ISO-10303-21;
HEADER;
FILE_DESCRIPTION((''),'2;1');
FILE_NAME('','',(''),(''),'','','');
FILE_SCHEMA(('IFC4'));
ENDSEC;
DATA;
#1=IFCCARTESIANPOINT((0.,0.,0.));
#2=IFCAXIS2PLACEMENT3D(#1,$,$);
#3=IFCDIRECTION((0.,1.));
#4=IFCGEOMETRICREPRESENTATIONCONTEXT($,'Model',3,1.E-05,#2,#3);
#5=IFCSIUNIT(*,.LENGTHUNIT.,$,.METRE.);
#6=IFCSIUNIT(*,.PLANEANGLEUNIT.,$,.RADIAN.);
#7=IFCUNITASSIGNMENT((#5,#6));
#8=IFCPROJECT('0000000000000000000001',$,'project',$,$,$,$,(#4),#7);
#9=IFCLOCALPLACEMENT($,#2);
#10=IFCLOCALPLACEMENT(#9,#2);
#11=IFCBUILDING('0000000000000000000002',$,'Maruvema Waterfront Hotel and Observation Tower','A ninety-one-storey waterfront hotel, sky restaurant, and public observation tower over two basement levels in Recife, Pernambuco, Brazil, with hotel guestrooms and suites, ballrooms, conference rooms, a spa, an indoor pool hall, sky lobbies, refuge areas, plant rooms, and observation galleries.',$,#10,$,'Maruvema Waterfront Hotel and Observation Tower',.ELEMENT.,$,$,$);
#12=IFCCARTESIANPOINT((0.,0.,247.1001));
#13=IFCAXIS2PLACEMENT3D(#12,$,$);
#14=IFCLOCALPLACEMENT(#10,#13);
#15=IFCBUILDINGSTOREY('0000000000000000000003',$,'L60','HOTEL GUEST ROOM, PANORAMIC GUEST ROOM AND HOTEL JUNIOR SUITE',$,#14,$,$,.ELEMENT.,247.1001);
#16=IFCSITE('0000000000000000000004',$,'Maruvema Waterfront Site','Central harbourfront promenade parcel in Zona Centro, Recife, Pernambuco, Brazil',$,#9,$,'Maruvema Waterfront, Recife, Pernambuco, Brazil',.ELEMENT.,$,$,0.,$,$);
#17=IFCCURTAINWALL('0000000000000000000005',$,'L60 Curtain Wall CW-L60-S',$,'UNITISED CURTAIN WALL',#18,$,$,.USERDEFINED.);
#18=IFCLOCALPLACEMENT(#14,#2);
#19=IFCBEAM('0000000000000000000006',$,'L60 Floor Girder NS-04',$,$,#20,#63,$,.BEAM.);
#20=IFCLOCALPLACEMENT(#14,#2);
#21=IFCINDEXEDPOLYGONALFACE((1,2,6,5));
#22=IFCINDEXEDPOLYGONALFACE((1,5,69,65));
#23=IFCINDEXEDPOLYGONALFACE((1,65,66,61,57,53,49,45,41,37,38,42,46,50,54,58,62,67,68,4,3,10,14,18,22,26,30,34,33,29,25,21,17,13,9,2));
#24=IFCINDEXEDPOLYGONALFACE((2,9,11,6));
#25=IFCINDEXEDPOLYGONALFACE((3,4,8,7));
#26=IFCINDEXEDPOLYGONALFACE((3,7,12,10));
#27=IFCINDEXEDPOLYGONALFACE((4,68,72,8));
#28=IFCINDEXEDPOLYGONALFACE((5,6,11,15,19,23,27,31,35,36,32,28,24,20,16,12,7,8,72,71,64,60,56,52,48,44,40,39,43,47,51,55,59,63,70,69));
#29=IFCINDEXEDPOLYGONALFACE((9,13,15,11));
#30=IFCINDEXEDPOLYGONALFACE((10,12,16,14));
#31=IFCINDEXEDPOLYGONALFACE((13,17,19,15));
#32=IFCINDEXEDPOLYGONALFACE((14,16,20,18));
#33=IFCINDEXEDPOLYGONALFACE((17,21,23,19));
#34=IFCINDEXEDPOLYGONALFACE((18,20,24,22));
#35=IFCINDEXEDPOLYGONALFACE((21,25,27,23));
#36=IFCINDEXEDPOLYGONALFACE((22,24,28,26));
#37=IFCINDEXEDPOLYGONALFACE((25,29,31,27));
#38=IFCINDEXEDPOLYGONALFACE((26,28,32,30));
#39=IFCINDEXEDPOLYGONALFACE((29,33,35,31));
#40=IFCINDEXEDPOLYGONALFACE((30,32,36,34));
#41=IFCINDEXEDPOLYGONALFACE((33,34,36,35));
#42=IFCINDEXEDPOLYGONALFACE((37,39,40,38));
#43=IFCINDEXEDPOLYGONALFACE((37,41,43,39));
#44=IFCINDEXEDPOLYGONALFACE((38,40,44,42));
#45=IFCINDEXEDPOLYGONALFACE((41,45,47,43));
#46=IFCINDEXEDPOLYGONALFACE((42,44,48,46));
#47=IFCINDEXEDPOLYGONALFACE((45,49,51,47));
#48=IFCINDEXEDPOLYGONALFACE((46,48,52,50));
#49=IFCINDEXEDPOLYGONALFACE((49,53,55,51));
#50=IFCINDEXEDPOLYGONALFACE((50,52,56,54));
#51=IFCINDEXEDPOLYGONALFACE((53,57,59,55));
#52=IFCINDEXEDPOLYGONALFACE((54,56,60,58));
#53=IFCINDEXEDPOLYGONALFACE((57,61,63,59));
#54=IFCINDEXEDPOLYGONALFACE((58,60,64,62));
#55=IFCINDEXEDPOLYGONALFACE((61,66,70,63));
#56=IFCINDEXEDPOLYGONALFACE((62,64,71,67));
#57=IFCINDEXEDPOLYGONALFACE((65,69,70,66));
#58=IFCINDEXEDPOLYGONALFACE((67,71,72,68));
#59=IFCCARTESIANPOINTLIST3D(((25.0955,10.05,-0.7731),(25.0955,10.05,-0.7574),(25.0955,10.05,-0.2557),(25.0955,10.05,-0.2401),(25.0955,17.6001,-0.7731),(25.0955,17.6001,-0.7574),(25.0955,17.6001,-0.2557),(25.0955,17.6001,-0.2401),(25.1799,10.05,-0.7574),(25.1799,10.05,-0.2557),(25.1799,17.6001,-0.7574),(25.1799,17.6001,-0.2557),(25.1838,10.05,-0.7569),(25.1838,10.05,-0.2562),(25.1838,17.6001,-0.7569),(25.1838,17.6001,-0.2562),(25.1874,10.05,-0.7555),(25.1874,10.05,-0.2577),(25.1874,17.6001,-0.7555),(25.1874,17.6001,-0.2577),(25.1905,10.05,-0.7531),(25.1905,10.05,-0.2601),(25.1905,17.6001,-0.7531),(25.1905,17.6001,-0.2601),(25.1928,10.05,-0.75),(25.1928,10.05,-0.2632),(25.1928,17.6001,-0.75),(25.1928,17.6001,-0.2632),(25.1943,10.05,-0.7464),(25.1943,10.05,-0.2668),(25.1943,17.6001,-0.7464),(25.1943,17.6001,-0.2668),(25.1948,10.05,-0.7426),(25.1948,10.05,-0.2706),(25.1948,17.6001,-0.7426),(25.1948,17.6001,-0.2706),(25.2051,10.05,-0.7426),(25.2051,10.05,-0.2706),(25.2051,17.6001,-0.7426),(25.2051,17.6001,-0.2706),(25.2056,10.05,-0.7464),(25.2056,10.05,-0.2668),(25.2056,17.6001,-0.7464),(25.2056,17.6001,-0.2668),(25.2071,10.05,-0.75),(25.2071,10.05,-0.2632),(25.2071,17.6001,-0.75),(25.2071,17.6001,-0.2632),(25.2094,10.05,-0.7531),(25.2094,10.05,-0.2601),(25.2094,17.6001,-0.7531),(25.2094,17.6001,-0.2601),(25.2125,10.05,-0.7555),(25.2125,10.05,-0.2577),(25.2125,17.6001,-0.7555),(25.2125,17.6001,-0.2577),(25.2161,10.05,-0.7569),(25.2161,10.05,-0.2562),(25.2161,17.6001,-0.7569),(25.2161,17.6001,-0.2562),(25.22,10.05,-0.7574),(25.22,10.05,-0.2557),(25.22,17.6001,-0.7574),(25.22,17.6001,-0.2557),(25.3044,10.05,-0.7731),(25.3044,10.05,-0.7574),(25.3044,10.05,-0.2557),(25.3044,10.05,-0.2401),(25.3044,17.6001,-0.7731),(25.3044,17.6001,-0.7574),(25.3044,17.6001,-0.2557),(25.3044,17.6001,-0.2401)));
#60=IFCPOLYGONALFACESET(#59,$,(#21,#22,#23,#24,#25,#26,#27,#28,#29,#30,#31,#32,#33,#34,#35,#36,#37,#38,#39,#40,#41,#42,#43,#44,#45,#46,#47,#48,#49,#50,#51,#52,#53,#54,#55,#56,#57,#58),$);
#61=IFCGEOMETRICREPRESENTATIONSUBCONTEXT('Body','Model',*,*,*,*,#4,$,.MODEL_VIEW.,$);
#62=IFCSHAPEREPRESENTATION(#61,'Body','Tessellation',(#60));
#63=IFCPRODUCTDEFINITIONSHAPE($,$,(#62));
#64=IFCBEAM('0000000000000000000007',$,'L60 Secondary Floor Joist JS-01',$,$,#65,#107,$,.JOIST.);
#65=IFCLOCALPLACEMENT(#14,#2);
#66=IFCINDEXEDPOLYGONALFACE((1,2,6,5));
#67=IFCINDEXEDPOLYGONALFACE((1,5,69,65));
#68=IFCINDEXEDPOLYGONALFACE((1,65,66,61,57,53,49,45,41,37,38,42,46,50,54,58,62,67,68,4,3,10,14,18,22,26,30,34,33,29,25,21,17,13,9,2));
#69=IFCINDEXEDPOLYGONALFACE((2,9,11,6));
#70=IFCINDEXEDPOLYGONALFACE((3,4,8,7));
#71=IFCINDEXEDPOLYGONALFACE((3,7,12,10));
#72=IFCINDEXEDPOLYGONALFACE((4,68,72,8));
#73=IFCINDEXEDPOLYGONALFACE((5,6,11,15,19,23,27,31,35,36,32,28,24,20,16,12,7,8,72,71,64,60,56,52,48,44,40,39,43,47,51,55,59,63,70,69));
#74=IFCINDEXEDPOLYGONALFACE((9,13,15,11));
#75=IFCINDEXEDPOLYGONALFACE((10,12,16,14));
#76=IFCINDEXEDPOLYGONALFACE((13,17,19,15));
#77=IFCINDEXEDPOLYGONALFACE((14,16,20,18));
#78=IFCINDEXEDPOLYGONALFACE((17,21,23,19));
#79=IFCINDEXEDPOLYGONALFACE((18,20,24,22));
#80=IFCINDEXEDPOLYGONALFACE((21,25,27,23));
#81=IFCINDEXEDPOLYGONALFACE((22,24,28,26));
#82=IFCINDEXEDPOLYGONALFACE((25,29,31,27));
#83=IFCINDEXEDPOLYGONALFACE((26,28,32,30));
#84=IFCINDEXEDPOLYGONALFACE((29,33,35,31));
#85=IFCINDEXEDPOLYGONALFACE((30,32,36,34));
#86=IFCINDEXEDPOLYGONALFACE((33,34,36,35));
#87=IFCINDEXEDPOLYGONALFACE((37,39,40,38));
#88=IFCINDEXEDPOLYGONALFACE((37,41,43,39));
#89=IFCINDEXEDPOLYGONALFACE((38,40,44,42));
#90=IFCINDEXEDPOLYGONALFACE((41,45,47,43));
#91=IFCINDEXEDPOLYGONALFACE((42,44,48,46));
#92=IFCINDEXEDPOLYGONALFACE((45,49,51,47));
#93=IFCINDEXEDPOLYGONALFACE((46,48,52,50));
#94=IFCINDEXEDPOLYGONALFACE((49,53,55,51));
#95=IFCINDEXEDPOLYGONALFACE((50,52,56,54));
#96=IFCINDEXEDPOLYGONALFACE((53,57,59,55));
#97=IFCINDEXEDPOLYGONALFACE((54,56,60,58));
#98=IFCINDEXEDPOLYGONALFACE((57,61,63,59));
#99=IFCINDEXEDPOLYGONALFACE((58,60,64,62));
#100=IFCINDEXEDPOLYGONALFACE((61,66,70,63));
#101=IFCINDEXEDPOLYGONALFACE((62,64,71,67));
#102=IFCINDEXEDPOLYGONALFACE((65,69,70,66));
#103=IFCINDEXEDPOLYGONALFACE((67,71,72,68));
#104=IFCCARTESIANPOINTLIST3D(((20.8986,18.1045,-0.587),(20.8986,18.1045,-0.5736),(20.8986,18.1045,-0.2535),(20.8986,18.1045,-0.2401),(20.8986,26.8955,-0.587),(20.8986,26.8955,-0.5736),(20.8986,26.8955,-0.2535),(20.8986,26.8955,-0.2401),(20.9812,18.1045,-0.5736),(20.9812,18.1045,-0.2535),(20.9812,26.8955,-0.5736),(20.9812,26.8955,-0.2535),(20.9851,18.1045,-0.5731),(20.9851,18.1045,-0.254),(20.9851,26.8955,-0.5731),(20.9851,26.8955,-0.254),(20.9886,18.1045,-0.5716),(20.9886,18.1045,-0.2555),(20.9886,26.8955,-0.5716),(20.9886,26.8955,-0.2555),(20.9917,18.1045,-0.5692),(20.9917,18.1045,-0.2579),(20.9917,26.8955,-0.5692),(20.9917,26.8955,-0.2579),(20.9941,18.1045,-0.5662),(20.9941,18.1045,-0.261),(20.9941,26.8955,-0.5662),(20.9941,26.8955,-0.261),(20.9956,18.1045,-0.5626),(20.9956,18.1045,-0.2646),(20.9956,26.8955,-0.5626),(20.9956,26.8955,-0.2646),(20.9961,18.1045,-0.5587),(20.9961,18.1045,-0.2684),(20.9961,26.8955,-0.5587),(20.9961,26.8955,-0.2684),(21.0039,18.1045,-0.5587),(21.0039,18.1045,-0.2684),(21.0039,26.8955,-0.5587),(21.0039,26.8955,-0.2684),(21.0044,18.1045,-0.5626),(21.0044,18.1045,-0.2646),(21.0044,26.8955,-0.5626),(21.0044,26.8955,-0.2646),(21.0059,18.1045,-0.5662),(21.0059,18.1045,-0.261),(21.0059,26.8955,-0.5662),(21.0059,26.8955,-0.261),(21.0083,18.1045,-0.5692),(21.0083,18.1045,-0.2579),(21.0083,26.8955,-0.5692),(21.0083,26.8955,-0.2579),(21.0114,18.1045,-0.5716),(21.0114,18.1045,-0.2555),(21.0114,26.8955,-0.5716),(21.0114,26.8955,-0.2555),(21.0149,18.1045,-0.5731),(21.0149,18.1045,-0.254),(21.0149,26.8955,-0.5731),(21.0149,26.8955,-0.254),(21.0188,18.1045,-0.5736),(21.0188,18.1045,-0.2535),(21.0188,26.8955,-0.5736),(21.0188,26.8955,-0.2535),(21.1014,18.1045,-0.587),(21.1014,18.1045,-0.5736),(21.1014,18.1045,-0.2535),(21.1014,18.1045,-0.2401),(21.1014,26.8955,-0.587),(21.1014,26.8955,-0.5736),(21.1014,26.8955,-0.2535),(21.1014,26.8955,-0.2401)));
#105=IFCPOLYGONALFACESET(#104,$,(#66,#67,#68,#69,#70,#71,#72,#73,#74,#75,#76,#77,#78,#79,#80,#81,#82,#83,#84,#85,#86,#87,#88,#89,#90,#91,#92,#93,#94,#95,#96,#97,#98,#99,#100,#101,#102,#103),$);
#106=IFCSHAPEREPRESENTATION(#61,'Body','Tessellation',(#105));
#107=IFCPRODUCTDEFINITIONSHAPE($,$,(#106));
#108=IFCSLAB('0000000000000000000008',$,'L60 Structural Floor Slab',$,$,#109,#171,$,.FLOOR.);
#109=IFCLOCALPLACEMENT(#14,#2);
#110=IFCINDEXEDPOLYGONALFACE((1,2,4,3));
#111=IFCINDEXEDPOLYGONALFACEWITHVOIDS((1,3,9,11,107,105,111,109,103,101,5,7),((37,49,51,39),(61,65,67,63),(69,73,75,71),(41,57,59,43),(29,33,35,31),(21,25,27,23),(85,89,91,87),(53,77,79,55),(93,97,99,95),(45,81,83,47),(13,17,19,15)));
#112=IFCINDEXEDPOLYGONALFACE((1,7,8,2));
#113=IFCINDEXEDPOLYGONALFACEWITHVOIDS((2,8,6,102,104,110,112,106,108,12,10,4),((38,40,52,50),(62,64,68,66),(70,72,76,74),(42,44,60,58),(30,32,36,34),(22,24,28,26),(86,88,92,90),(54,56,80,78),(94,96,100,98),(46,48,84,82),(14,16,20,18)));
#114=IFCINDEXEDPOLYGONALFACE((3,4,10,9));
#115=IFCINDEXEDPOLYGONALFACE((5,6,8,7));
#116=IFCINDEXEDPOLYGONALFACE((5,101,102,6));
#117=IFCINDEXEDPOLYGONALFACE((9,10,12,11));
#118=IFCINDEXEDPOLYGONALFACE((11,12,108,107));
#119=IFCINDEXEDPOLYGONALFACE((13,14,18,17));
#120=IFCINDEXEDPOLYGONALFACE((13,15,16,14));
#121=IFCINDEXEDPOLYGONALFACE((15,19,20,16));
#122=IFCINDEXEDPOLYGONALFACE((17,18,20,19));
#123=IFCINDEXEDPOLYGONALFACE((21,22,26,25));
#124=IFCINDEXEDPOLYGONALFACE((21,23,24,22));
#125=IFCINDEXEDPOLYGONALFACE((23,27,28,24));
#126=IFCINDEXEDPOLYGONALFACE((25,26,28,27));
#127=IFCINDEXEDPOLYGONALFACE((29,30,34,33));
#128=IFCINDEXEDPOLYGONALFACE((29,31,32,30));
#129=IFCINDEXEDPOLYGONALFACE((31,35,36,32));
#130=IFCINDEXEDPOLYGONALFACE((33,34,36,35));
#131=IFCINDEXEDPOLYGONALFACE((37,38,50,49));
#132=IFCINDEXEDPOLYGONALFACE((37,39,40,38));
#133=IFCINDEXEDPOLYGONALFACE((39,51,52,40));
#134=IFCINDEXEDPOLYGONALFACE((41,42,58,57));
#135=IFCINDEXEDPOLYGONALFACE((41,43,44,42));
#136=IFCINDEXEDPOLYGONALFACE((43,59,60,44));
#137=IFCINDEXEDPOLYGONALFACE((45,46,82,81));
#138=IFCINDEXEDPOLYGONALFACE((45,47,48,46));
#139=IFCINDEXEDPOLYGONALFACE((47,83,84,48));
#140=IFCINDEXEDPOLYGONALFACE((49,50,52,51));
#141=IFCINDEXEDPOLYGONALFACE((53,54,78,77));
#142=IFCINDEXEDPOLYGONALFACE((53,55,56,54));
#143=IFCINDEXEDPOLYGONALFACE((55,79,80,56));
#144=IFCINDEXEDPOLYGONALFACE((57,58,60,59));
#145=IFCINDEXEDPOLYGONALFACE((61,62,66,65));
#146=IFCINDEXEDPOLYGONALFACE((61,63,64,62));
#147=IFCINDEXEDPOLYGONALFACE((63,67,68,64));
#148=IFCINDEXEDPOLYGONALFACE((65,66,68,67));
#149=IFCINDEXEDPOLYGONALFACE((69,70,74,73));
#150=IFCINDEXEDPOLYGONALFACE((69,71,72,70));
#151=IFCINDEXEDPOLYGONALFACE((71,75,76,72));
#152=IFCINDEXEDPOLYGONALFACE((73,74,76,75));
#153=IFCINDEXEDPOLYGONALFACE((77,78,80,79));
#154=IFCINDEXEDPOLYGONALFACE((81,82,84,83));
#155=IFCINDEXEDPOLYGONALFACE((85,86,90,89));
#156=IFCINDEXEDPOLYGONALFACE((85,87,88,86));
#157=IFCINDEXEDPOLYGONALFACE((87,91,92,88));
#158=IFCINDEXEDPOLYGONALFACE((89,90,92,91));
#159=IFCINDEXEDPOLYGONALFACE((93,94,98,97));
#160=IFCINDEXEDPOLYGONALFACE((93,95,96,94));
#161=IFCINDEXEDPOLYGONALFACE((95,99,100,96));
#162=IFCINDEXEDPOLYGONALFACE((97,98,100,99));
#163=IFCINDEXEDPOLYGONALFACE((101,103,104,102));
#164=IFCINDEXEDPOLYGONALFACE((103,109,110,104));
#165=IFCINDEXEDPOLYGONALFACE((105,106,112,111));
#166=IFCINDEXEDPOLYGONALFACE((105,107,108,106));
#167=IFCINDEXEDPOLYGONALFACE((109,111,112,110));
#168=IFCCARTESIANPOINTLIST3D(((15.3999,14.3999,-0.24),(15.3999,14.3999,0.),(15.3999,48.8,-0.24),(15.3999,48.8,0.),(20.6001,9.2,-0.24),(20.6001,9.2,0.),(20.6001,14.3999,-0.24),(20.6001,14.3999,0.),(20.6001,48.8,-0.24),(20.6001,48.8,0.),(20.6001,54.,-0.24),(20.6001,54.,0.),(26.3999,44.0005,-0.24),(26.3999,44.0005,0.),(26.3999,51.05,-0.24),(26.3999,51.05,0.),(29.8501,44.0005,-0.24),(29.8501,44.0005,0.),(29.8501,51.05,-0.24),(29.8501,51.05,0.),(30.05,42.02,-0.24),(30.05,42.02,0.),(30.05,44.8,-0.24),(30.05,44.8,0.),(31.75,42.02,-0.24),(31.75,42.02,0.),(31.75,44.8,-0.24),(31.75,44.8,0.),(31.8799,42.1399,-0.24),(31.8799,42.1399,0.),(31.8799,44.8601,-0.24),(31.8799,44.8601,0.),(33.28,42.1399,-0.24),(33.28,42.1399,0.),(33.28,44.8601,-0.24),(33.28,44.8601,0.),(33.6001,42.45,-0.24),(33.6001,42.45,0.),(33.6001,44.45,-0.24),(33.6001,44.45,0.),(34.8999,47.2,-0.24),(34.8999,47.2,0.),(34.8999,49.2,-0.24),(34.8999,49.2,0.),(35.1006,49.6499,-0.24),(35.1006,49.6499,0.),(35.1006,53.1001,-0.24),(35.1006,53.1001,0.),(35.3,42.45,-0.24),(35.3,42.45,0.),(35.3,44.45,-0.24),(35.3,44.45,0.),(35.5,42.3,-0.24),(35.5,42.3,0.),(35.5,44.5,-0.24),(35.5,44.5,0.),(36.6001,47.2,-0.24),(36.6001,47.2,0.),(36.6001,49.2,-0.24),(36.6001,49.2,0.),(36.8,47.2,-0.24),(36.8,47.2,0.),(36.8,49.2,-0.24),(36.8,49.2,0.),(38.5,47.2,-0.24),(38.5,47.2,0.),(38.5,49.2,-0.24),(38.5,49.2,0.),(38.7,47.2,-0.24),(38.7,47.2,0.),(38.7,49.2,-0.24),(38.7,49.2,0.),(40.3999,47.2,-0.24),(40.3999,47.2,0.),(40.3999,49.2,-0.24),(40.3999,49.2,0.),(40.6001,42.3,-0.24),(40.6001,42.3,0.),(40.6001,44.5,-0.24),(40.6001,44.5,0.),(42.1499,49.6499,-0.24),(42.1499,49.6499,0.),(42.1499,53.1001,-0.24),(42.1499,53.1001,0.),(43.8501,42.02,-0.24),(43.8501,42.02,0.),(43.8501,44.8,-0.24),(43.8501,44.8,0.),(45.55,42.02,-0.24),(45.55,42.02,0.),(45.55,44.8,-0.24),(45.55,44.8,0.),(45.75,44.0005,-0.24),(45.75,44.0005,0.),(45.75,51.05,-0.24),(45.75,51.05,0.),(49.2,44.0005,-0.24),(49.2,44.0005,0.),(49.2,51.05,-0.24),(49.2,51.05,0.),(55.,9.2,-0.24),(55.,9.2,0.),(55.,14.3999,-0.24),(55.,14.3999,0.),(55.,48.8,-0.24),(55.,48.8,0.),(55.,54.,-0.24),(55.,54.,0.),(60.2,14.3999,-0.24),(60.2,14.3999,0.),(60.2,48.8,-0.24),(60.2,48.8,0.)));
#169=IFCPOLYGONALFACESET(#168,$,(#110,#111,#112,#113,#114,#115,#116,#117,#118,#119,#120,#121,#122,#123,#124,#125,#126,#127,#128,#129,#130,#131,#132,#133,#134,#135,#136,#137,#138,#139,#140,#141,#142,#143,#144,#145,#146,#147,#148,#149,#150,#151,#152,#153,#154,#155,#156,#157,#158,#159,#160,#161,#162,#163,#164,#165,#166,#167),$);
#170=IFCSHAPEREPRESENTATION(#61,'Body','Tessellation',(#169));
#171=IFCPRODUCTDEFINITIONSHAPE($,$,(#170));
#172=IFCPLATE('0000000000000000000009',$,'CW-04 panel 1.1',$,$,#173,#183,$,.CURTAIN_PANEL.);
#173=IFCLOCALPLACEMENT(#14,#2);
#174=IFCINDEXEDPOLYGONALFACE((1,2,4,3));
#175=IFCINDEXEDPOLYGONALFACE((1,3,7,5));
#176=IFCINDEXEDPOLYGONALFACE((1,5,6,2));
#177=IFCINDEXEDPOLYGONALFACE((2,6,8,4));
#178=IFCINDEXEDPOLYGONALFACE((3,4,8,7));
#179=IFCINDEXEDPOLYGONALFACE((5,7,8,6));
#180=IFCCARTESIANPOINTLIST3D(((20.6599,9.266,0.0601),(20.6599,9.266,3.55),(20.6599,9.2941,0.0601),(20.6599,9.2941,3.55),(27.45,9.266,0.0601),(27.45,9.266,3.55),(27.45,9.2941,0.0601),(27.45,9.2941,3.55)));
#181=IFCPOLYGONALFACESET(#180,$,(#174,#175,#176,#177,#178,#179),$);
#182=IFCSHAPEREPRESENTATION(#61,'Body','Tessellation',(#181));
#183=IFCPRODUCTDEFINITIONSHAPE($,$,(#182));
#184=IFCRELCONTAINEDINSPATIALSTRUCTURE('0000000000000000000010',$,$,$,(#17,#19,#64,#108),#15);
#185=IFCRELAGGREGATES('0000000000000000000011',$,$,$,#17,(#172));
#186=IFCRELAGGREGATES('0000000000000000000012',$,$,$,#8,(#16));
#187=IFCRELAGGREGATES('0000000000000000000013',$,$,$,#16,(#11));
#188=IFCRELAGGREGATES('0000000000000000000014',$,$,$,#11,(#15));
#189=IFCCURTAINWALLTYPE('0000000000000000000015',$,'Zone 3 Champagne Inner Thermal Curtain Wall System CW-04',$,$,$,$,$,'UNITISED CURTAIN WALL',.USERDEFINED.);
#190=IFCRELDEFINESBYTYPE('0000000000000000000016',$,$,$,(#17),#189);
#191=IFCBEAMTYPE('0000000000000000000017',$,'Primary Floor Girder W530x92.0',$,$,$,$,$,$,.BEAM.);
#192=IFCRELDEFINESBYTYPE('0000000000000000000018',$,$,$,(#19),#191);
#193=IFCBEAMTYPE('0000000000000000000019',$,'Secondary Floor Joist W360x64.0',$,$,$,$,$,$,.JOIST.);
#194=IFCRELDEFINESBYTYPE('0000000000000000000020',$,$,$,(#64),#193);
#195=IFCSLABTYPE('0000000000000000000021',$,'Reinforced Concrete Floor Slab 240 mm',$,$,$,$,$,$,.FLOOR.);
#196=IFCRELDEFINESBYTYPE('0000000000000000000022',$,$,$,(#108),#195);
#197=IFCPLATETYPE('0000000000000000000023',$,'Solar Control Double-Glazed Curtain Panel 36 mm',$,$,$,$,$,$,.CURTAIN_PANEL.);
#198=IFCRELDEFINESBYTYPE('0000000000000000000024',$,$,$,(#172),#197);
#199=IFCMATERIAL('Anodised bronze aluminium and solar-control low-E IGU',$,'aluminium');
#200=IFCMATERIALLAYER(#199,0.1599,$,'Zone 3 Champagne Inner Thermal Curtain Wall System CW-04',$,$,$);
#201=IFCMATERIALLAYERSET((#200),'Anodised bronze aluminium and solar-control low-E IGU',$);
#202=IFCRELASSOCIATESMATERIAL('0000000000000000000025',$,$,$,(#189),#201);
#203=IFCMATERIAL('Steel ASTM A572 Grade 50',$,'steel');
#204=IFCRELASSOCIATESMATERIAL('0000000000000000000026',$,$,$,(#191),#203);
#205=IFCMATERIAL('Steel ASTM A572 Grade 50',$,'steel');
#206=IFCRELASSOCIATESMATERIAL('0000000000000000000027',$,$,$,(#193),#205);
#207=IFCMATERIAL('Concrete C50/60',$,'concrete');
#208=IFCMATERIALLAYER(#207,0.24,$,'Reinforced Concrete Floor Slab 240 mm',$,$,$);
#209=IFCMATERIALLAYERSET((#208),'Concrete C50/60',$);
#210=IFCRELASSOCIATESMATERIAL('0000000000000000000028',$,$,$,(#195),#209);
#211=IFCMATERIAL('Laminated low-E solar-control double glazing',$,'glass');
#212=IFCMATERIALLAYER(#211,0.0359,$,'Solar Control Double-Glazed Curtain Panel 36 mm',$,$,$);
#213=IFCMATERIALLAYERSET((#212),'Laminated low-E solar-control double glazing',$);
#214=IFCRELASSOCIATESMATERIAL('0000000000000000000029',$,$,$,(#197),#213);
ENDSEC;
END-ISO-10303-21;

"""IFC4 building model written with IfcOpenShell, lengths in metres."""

from ifc_helpers import new_model, si_unit, direction, frame, origin, origin_2d, place, context, subcontext, project, spatial, polyline, rectangle, i_section, outline, extrude, material, layer, layer_set, material_profile, profile_set, type_object, element, aggregate, save


model = new_model("IFC4")

# Units and contexts
model_context = context("Model", 3, precision=1e-05, world=origin(), true_north=direction((0.0, 1.0)))
body_context = subcontext(model_context, "Body", "Model", "MODEL_VIEW")
ifc_project = project(units=[si_unit("LENGTHUNIT", "METRE"), si_unit("PLANEANGLEUNIT", "RADIAN")], contexts=[model_context])

# Site, building, storey
site_placement = place(None, origin())
site = spatial("IfcSite", under=ifc_project, at=site_placement, Name="Maruvema Waterfront Site", Description="Central harbourfront promenade parcel in Zona Centro, Recife, Pernambuco, Brazil", LongName="Maruvema Waterfront, Recife, Pernambuco, Brazil", CompositionType="ELEMENT", RefElevation=0.0)
building_placement = place(site_placement, origin())
building = spatial("IfcBuilding", under=site, at=building_placement, Name="Maruvema Waterfront Hotel and Observation Tower", Description="A ninety-one-storey waterfront hotel, sky restaurant, and public observation tower over two basement levels in Recife, Pernambuco, Brazil, with hotel guestrooms and suites, ballrooms, conference rooms, a spa, an indoor pool hall, sky lobbies, refuge areas, plant rooms, and observation galleries.", LongName="Maruvema Waterfront Hotel and Observation Tower", CompositionType="ELEMENT")
storey_placement = place(building_placement, frame((0.0, 0.0, 247.1001)))
storey = spatial("IfcBuildingStorey", under=building, at=storey_placement, Name="L60", Description="HOTEL GUEST ROOM, PANORAMIC GUEST ROOM AND HOTEL JUNIOR SUITE", CompositionType="ELEMENT", Elevation=247.1001)

# Curtain wall
ifc_material_1 = material(Name="Anodised bronze aluminium and solar-control low-E IGU", Category="aluminium")
ifc_layer_1 = layer(ifc_material_1, 0.1599, Name="Zone 3 Champagne Inner Thermal Curtain Wall System CW-04")
ifc_layer_set_1 = layer_set([ifc_layer_1], Name="Anodised bronze aluminium and solar-control low-E IGU")
curtain_wall_type = type_object("IfcCurtainWallType", Name="Zone 3 Champagne Inner Thermal Curtain Wall System CW-04", ElementType="UNITISED CURTAIN WALL", PredefinedType="USERDEFINED", material=ifc_layer_set_1)
curtain_wall_1_placement = place(storey_placement, origin())
curtain_wall_1 = element("IfcCurtainWall", 1, at=curtain_wall_1_placement, inside=storey, type_object=curtain_wall_type, Name="L60 Curtain Wall CW-L60-S", ObjectType="UNITISED CURTAIN WALL", PredefinedType="USERDEFINED")

# Beams
ifc_material_2 = material(Name="Steel ASTM A572 Grade 50", Category="steel")
ifc_material_profile_1 = material_profile(ifc_material_2, i_section(OverallWidth=0.209, OverallDepth=0.533, WebThickness=0.0103, FlangeThickness=0.0156, FilletRadius=0.0149, at=origin_2d()), Name="W530x92.0")
ifc_profile_set_1 = profile_set([ifc_material_profile_1], Name="Steel ASTM A572 Grade 50")
beam_type_1 = type_object("IfcBeamType", Name="Primary Floor Girder W530x92.0", PredefinedType="BEAM", material=ifc_profile_set_1)
beam_1_placement = place(storey_placement, frame((25.2, 10.05, -0.5066), z_axis=(0.0, 1.0, 0.0), x_axis=(-1.0, 0.0, 0.0)))
element("IfcBeam", 2, at=beam_1_placement, inside=storey, type_object=beam_type_1, Name="L60 Floor Girder NS-04", PredefinedType="BEAM", context=body_context, shape_type="SweptSolid", body=[
    extrude(i_section(OverallWidth=0.209, OverallDepth=0.533, WebThickness=0.0103, FlangeThickness=0.0156, FilletRadius=0.0149, at=origin_2d()), origin(), (0.0, 0.0, 1.0), 7.55),
])
ifc_material_3 = material(Name="Steel ASTM A572 Grade 50", Category="steel")
ifc_material_profile_2 = material_profile(ifc_material_3, i_section(OverallWidth=0.2029, OverallDepth=0.3469, WebThickness=0.0078, FlangeThickness=0.0134, FilletRadius=0.0149, at=origin_2d()), Name="W360x64.0")
ifc_profile_set_2 = profile_set([ifc_material_profile_2], Name="Steel ASTM A572 Grade 50")
beam_type_2 = type_object("IfcBeamType", Name="Secondary Floor Joist W360x64.0", PredefinedType="JOIST", material=ifc_profile_set_2)
beam_2_placement = place(storey_placement, frame((21.0, 18.1045, -0.4136), z_axis=(0.0, 1.0, 0.0), x_axis=(-1.0, 0.0, 0.0)))
element("IfcBeam", 3, at=beam_2_placement, inside=storey, type_object=beam_type_2, Name="L60 Secondary Floor Joist JS-01", PredefinedType="JOIST", context=body_context, shape_type="SweptSolid", body=[
    extrude(i_section(OverallWidth=0.2029, OverallDepth=0.3469, WebThickness=0.0078, FlangeThickness=0.0134, FilletRadius=0.0149, at=origin_2d()), origin(), (0.0, 0.0, 1.0), 8.791),
])

# Slab
ifc_material_4 = material(Name="Concrete C50/60", Category="concrete")
ifc_layer_2 = layer(ifc_material_4, 0.24, Name="Reinforced Concrete Floor Slab 240 mm")
ifc_layer_set_2 = layer_set([ifc_layer_2], Name="Concrete C50/60")
slab_type_1 = type_object("IfcSlabType", Name="Reinforced Concrete Floor Slab 240 mm", PredefinedType="FLOOR", material=ifc_layer_set_2)
slab_1_placement = place(storey_placement, frame((0.0, 0.0, -0.24)))
element("IfcSlab", 4, at=slab_1_placement, inside=storey, type_object=slab_type_1, Name="L60 Structural Floor Slab", PredefinedType="FLOOR", context=body_context, shape_type="SweptSolid", body=[
    extrude(outline(polyline([(20.6001, 9.2), (55.0, 9.2), (55.0, 14.3999), (60.2, 14.3999), (60.2, 48.8), (55.0, 48.8), (55.0, 54.0), (20.6001, 54.0), (20.6001, 48.8), (15.3999, 48.8), (15.3999, 14.3999), (20.6001, 14.3999), (20.6001, 9.2)]), holes=[polyline([(26.3999, 44.0005), (26.3999, 51.05), (29.8501, 51.05), (29.8501, 44.0005), (26.3999, 44.0005)]), polyline([(30.05, 44.8), (31.75, 44.8), (31.75, 42.02), (30.05, 42.02), (30.05, 44.8)]), polyline([(31.8799, 42.1399), (31.8799, 44.8601), (33.28, 44.8601), (33.28, 42.1399), (31.8799, 42.1399)]), polyline([(33.6001, 44.45), (35.3, 44.45), (35.3, 42.45), (33.6001, 42.45), (33.6001, 44.45)]), polyline([(34.8999, 49.2), (36.6001, 49.2), (36.6001, 47.2), (34.8999, 47.2), (34.8999, 49.2)]), polyline([(36.8, 47.2), (36.8, 49.2), (38.5, 49.2), (38.5, 47.2), (36.8, 47.2)]), polyline([(35.5, 42.3), (35.5, 44.5), (40.6001, 44.5), (40.6001, 42.3), (35.5, 42.3)]), polyline([(35.1006, 53.1001), (42.1499, 53.1001), (42.1499, 49.6499), (35.1006, 49.6499), (35.1006, 53.1001)]), polyline([(38.7, 49.2), (40.3999, 49.2), (40.3999, 47.2), (38.7, 47.2), (38.7, 49.2)]), polyline([(43.8501, 44.8), (45.55, 44.8), (45.55, 42.02), (43.8501, 42.02), (43.8501, 44.8)]), polyline([(45.75, 44.0005), (45.75, 51.05), (49.2, 51.05), (49.2, 44.0005), (45.75, 44.0005)])]), origin(), (0.0, 0.0, 1.0), 0.24),
])

# Plate
ifc_material_5 = material(Name="Laminated low-E solar-control double glazing", Category="glass")
ifc_layer_3 = layer(ifc_material_5, 0.0359, Name="Solar Control Double-Glazed Curtain Panel 36 mm")
ifc_layer_set_3 = layer_set([ifc_layer_3], Name="Laminated low-E solar-control double glazing")
plate_type = type_object("IfcPlateType", Name="Solar Control Double-Glazed Curtain Panel 36 mm", PredefinedType="CURTAIN_PANEL", material=ifc_layer_set_3)
plate_1_placement = place(storey_placement, frame((24.0549, 9.28, 0.0601), z_axis=(0.0, 0.0, 1.0), x_axis=(1.0, 0.0, 0.0)))
plate_1 = element("IfcPlate", 5, at=plate_1_placement, type_object=plate_type, Name="CW-04 panel 1.1", PredefinedType="CURTAIN_PANEL", context=body_context, shape_type="SweptSolid", body=[
    extrude(rectangle(XDim=6.79, YDim=0.0281, at=origin_2d()), origin(), (0.0, 0.0, 1.0), 3.49),
])
aggregate(curtain_wall_1, [plate_1])

save(model, "model.ifc")
